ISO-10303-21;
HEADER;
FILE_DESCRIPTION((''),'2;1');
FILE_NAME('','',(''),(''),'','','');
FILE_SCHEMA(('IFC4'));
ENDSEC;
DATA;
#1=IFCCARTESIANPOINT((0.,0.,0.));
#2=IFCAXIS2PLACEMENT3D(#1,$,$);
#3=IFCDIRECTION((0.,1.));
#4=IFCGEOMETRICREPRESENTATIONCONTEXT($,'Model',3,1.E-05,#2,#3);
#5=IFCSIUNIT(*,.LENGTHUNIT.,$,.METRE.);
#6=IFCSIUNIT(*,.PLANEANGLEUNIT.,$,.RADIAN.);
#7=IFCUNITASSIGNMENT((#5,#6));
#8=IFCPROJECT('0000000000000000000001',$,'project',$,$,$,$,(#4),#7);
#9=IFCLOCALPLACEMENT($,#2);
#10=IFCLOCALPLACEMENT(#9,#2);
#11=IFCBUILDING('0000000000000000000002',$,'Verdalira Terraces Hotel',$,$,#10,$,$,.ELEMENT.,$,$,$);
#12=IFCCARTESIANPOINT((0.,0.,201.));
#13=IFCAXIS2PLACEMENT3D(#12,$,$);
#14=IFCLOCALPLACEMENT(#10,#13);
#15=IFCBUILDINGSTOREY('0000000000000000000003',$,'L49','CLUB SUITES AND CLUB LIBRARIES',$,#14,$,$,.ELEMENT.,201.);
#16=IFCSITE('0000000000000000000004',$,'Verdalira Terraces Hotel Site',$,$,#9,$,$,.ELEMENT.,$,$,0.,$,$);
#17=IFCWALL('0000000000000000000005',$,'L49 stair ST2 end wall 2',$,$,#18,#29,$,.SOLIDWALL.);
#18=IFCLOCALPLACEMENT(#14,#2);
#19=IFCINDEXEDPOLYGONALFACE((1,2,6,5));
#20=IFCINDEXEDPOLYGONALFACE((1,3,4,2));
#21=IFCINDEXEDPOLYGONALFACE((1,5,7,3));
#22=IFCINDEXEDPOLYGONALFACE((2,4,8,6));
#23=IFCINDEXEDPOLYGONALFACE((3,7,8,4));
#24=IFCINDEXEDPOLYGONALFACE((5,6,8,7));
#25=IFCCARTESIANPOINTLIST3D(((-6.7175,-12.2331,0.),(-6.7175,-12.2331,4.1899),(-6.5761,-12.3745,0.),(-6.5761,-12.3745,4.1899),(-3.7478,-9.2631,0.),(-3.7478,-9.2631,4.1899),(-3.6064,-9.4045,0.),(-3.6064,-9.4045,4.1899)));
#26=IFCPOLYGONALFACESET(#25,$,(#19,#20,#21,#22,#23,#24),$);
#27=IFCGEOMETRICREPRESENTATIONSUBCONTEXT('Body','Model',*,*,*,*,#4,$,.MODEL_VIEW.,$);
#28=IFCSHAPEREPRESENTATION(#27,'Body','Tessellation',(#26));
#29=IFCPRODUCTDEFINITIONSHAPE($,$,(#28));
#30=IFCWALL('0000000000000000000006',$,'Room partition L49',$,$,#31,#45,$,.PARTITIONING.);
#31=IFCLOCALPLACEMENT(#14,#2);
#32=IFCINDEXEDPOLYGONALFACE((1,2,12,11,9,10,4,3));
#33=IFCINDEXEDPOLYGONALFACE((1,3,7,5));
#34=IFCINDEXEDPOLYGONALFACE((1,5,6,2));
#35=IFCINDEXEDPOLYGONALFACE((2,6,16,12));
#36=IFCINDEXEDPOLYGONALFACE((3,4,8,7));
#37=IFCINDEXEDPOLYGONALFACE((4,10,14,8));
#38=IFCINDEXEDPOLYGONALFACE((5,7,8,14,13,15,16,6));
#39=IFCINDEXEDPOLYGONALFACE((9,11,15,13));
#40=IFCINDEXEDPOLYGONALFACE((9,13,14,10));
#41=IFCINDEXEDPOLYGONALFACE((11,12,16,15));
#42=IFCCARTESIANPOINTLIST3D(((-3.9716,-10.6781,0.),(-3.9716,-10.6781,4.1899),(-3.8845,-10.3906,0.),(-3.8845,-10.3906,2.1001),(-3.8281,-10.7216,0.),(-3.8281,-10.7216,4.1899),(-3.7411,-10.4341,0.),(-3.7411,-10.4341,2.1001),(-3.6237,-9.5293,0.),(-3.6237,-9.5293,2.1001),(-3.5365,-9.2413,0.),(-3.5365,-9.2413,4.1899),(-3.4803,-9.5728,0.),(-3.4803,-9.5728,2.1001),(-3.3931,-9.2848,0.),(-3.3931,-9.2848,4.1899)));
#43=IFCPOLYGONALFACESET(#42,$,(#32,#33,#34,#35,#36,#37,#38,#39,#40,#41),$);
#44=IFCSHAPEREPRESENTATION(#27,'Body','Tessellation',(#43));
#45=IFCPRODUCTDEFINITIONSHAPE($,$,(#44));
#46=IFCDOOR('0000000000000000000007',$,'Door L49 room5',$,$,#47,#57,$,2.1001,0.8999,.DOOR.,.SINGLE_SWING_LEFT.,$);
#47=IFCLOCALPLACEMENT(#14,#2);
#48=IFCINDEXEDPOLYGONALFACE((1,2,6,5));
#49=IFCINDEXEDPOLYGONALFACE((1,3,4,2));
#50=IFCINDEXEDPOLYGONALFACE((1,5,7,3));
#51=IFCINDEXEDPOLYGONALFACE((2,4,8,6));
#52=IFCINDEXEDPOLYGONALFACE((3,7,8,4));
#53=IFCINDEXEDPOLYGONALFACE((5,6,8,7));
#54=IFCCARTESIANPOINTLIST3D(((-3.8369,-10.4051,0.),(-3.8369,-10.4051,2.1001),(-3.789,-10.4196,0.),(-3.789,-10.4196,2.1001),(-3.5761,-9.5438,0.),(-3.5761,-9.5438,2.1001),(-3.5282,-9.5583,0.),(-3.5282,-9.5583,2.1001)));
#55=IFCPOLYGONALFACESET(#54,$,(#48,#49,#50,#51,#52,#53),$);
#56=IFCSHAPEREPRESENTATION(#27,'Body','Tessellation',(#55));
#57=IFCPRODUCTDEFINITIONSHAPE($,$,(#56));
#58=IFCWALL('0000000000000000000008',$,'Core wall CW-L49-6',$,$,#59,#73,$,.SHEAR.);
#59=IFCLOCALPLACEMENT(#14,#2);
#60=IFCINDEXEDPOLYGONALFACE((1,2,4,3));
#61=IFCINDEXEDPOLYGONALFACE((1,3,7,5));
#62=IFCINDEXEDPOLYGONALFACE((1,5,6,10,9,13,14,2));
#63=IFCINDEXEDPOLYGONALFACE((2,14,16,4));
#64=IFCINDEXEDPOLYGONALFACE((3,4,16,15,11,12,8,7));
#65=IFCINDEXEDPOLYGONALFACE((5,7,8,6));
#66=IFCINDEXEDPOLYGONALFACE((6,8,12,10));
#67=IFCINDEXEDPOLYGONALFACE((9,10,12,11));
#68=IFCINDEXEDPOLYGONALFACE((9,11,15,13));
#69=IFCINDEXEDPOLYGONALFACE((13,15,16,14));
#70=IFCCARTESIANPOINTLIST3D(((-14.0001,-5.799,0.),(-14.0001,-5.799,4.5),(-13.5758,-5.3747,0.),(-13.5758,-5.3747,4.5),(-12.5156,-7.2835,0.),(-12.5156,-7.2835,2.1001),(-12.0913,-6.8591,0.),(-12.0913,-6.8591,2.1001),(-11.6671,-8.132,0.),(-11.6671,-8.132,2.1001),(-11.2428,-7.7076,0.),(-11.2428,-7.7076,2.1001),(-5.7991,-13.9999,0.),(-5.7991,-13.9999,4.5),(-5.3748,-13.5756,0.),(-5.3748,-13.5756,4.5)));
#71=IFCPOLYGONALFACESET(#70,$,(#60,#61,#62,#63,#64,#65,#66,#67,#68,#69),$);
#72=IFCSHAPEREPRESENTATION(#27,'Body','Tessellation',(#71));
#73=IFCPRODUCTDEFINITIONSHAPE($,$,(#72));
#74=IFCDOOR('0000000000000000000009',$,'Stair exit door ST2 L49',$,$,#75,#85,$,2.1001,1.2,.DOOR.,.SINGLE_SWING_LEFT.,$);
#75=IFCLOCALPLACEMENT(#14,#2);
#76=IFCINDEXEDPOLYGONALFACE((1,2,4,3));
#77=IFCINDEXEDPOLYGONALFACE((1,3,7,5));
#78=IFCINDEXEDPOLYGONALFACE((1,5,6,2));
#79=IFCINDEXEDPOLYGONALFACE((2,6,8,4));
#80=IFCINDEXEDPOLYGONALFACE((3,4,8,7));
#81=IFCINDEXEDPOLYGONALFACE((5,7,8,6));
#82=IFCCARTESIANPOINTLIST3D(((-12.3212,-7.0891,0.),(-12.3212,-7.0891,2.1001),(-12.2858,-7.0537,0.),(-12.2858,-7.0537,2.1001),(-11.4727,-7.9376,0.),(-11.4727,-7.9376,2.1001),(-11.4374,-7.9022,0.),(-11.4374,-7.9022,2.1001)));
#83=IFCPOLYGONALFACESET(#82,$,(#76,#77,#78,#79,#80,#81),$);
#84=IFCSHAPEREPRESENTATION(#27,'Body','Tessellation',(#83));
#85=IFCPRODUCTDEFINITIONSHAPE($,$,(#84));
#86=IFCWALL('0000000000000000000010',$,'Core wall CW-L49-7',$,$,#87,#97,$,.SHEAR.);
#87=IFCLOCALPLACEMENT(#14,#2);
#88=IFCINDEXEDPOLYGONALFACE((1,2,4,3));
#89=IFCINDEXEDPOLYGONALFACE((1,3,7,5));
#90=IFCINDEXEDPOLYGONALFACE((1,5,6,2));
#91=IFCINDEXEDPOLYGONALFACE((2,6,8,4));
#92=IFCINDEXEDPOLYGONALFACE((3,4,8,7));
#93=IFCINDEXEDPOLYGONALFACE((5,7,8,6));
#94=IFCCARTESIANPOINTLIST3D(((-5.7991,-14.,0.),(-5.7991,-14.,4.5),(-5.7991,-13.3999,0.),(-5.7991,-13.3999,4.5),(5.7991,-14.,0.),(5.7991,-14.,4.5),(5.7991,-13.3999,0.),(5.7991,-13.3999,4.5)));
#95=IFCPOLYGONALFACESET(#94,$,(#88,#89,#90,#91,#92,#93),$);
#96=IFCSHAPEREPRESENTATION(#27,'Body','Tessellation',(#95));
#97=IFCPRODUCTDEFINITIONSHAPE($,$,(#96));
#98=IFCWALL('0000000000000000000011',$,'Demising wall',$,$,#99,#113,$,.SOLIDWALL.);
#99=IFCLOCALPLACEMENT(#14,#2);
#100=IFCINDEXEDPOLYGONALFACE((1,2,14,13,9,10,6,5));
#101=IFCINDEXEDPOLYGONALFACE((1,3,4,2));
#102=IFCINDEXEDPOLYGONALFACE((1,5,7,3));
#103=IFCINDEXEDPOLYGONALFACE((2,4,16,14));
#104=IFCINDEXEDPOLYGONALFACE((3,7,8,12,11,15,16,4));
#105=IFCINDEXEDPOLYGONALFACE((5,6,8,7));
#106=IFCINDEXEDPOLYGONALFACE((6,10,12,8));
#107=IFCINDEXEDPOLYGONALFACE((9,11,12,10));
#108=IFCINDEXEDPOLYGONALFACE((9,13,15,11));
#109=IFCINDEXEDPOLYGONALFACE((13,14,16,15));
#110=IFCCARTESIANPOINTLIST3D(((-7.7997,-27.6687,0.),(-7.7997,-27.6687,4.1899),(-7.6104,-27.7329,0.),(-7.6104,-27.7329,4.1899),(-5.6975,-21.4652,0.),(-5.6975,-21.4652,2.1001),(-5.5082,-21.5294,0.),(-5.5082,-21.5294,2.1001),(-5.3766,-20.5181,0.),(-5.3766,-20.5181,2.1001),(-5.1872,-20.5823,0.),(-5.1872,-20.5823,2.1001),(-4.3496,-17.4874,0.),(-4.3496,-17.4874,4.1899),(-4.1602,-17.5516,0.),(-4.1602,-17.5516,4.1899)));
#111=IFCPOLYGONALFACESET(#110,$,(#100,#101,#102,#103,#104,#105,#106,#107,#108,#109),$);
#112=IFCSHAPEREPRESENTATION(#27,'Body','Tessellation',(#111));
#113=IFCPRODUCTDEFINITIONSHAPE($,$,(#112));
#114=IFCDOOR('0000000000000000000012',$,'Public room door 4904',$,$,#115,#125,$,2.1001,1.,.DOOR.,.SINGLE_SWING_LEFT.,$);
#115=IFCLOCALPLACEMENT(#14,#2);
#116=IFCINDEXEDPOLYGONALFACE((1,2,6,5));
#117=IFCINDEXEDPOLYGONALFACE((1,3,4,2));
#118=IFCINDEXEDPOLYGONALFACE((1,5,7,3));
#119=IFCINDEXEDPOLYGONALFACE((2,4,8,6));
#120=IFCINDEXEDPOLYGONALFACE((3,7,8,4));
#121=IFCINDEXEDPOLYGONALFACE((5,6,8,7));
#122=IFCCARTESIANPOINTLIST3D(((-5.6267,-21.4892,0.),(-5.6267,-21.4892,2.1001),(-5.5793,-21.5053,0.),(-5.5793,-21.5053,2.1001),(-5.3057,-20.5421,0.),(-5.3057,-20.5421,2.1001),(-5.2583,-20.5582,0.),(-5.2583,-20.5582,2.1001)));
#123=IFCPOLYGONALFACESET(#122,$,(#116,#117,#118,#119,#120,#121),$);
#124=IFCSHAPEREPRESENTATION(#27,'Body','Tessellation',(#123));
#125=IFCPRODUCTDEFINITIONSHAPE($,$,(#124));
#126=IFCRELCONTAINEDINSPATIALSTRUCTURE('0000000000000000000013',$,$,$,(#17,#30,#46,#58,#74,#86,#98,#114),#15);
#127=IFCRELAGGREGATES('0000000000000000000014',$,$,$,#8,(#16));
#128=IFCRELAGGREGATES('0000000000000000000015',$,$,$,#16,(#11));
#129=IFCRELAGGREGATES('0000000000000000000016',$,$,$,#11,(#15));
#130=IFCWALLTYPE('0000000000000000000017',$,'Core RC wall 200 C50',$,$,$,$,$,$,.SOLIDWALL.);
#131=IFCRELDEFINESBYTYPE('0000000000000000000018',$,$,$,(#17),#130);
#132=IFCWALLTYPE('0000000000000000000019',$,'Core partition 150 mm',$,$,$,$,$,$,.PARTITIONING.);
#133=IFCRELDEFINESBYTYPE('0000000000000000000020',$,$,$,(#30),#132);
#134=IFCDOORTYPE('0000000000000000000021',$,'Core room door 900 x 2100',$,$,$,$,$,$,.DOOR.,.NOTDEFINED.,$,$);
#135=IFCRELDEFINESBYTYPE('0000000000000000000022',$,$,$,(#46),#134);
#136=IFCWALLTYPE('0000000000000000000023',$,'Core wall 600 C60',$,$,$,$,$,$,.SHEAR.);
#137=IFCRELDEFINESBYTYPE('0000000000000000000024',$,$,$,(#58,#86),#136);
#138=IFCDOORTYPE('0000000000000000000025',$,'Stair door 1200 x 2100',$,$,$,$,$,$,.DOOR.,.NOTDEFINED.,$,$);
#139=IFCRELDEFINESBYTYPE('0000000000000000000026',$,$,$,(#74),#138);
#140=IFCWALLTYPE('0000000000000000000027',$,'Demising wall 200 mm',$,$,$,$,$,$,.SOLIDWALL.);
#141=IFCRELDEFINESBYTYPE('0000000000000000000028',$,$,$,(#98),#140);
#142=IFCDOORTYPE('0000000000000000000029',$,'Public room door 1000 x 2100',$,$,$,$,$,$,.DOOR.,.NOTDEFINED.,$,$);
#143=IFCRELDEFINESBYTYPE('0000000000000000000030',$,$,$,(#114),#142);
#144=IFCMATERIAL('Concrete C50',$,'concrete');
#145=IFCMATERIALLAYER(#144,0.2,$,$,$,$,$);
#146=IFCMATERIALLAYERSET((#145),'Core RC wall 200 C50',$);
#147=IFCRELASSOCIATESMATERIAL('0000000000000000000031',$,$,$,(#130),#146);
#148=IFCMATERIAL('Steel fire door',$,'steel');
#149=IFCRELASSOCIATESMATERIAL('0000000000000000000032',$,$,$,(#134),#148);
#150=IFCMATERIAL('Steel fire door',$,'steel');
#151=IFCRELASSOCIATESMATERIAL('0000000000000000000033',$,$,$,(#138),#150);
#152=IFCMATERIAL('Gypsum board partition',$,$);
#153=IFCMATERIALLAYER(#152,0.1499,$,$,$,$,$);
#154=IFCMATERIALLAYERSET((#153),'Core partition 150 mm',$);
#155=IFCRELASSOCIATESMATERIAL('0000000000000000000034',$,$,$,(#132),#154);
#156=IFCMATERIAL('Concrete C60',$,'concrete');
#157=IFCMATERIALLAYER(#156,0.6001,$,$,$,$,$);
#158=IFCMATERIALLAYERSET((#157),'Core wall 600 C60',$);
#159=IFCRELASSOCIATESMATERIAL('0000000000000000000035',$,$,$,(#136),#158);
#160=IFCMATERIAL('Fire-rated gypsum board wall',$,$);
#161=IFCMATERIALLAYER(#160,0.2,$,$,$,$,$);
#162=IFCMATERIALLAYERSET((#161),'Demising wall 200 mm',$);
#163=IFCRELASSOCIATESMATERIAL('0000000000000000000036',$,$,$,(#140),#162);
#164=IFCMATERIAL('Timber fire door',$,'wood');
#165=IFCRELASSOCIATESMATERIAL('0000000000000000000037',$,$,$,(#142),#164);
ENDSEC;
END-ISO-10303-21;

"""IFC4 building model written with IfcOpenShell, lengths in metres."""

from ifc_helpers import new_model, si_unit, direction, frame, frame_2d, origin, place, context, subcontext, project, spatial, rectangle, extrude, material, layer, layer_set, type_object, element, fill, save


model = new_model("IFC4")

# Units and contexts
model_context = context("Model", 3, precision=1e-05, world=origin(), true_north=direction((0.0, 1.0)))
body_context = subcontext(model_context, "Body", "Model", "MODEL_VIEW")
ifc_project = project(units=[si_unit("LENGTHUNIT", "METRE"), si_unit("PLANEANGLEUNIT", "RADIAN")], contexts=[model_context])

# Site, building, storey
site_placement = place(None, origin())
site = spatial("IfcSite", under=ifc_project, at=site_placement, Name="Verdalira Terraces Hotel Site", CompositionType="ELEMENT", RefElevation=0.0)
building_placement = place(site_placement, origin())
building = spatial("IfcBuilding", under=site, at=building_placement, Name="Verdalira Terraces Hotel", CompositionType="ELEMENT")
storey_placement = place(building_placement, frame((0.0, 0.0, 201.0)))
storey = spatial("IfcBuildingStorey", under=building, at=storey_placement, Name="L49", Description="CLUB SUITES AND CLUB LIBRARIES", CompositionType="ELEMENT", Elevation=201.0)

# Shared definitions
ifc_material_1 = material(Name="Concrete C50", Category="concrete")
ifc_layer_1 = layer(ifc_material_1, 0.2)
ifc_layer_set_1 = layer_set([ifc_layer_1], Name="Core RC wall 200 C50")
wall_type_1 = type_object("IfcWallType", Name="Core RC wall 200 C50", PredefinedType="SOLIDWALL", material=ifc_layer_set_1)
ifc_material_2 = material(Name="Steel fire door", Category="steel")
door_type_1 = type_object("IfcDoorType", Name="Core room door 900 x 2100", OperationType="NOTDEFINED", PredefinedType="DOOR", material=ifc_material_2)

# Shared definitions
ifc_material_3 = material(Name="Steel fire door", Category="steel")
door_type_2 = type_object("IfcDoorType", Name="Stair door 1200 x 2100", OperationType="NOTDEFINED", PredefinedType="DOOR", material=ifc_material_3)

# Wall
for number, where, z_axis, x_axis, name in (
    (1, (-3.677, -9.3337, 0.0), (0.0, 0.0, 1.0), (-0.707078, -0.707136, 0.0), "L49 stair ST2 end wall 2"),
):
    element("IfcWall", number, at=place(storey_placement, frame(where, z_axis=z_axis, x_axis=x_axis)), inside=storey, type_object=wall_type_1, Name=name, PredefinedType="SOLIDWALL", context=body_context, shape_type="SweptSolid", body=[
        extrude(rectangle(XDim=4.2, YDim=0.2, at=frame_2d((2.1001, 0.0))), origin(), (0.0, 0.0, 1.0), 4.1899),
    ])

# Walls, openings, doors
ifc_material_4 = material(Name="Gypsum board partition")
ifc_layer_2 = layer(ifc_material_4, 0.1499)
ifc_layer_set_2 = layer_set([ifc_layer_2], Name="Core partition 150 mm")
wall_type_2 = type_object("IfcWallType", Name="Core partition 150 mm", PredefinedType="PARTITIONING", material=ifc_layer_set_2)
wall_1_placement = place(storey_placement, frame((-3.4648, -9.2632, 0.0), z_axis=(0.0, 0.0, 1.0), x_axis=(-0.289809, -0.957085, 0.0)))
wall_1 = element("IfcWall", 2, at=wall_1_placement, inside=storey, type_object=wall_type_2, Name="Room partition L49", PredefinedType="PARTITIONING", context=body_context, shape_type="SweptSolid", body=[
    extrude(rectangle(XDim=1.5012, YDim=0.1499, at=frame_2d((0.7505, 0.0))), origin(), (0.0, 0.0, 1.0), 4.1899),
])
opening_1_placement = place(wall_1_placement, frame((0.3008, 0.0, 0.0)))
opening_1 = element("IfcOpeningElement", 3, at=opening_1_placement, cuts=wall_1, PredefinedType="OPENING", context=body_context, shape_type="SweptSolid", body=[
    extrude(rectangle(XDim=0.8999, YDim=2.1001, at=frame_2d((0.45, 1.05))), frame((0.0, 0.085, 0.0), z_axis=(0.0, -1.0, 0.0), x_axis=(1.0, 0.0, 0.0)), (0.0, 0.0, 1.0), 0.1699),
])
door_1_placement = place(opening_1_placement, origin())
door_1 = element("IfcDoor", 4, at=door_1_placement, inside=storey, type_object=door_type_1, Name="Door L49 room5", OperationType="SINGLE_SWING_LEFT", OverallHeight=2.1001, OverallWidth=0.8999, PredefinedType="DOOR", context=body_context, shape_type="SweptSolid", body=[
    extrude(rectangle(XDim=0.8999, YDim=2.1001, at=frame_2d((0.45, 1.05))), frame((0.0, 0.0249, 0.0), z_axis=(0.0, -1.0, 0.0), x_axis=(1.0, 0.0, 0.0)), (0.0, 0.0, 1.0), 0.05),
])
fill(opening_1, door_1)
ifc_material_5 = material(Name="Concrete C60", Category="concrete")
ifc_layer_3 = layer(ifc_material_5, 0.6001)
ifc_layer_set_3 = layer_set([ifc_layer_3], Name="Core wall 600 C60")
wall_type_3 = type_object("IfcWallType", Name="Core wall 600 C60", PredefinedType="SHEAR", material=ifc_layer_set_3)
wall_2_placement = place(storey_placement, frame((-13.7878, -5.5869, 0.0), z_axis=(0.0, 0.0, 1.0), x_axis=(0.707107, -0.707107, 0.0)))
wall_2 = element("IfcWall", 5, at=wall_2_placement, inside=storey, type_object=wall_type_3, Name="Core wall CW-L49-6", PredefinedType="SHEAR", context=body_context, shape_type="SweptSolid", body=[
    extrude(rectangle(XDim=11.5979, YDim=0.6001, at=frame_2d((5.7988, 0.0))), origin(), (0.0, 0.0, 1.0), 4.5),
])
opening_2_placement = place(wall_2_placement, frame((2.0991, 0.0, 0.0)))
opening_2 = element("IfcOpeningElement", 6, at=opening_2_placement, cuts=wall_2, PredefinedType="OPENING", context=body_context, shape_type="SweptSolid", body=[
    extrude(rectangle(XDim=1.2, YDim=2.1001, at=frame_2d((0.6001, 1.05))), frame((0.0, 0.3101, 0.0), z_axis=(0.0, -1.0, 0.0), x_axis=(1.0, 0.0, 0.0)), (0.0, 0.0, 1.0), 0.6201),
])
door_2_placement = place(opening_2_placement, origin())
door_2 = element("IfcDoor", 7, at=door_2_placement, inside=storey, type_object=door_type_2, Name="Stair exit door ST2 L49", OperationType="SINGLE_SWING_LEFT", OverallHeight=2.1001, OverallWidth=1.2, PredefinedType="DOOR", context=body_context, shape_type="SweptSolid", body=[
    extrude(rectangle(XDim=1.2, YDim=2.1001, at=frame_2d((0.6001, 1.05))), frame((0.0, 0.0249, 0.0), z_axis=(0.0, -1.0, 0.0), x_axis=(1.0, 0.0, 0.0)), (0.0, 0.0, 1.0), 0.05),
])
fill(opening_2, door_2)

# Wall
wall_3_placement = place(storey_placement, frame((-5.7991, -13.7, 0.0), z_axis=(0.0, 0.0, 1.0), x_axis=(1.0, 0.0, 0.0)))
element("IfcWall", 8, at=wall_3_placement, inside=storey, type_object=wall_type_3, Name="Core wall CW-L49-7", PredefinedType="SHEAR", context=body_context, shape_type="SweptSolid", body=[
    extrude(rectangle(XDim=11.5981, YDim=0.6001, at=frame_2d((5.7991, 0.0))), origin(), (0.0, 0.0, 1.0), 4.5),
])

# Wall, opening, door
ifc_material_6 = material(Name="Fire-rated gypsum board wall")
ifc_layer_4 = layer(ifc_material_6, 0.2)
ifc_layer_set_4 = layer_set([ifc_layer_4], Name="Demising wall 200 mm")
wall_type_4 = type_object("IfcWallType", Name="Demising wall 200 mm", PredefinedType="SOLIDWALL", material=ifc_layer_set_4)
wall_4_placement = place(storey_placement, frame((-4.2549, -17.5195, 0.0), z_axis=(0.0, 0.0, 1.0), x_axis=(-0.320945, -0.947098, 0.0)))
wall_4 = element("IfcWall", 9, at=wall_4_placement, inside=storey, type_object=wall_type_4, Name="Demising wall", PredefinedType="SOLIDWALL", context=body_context, shape_type="SweptSolid", body=[
    extrude(rectangle(XDim=10.75, YDim=0.2, at=frame_2d((5.375, 0.0))), origin(), (0.0, 0.0, 1.0), 4.1899),
])
opening_3_placement = place(wall_4_placement, frame((3.2, 0.0, 0.0)))
opening_3 = element("IfcOpeningElement", 10, at=opening_3_placement, cuts=wall_4, PredefinedType="OPENING", context=body_context, shape_type="SweptSolid", body=[
    extrude(rectangle(XDim=1.0, YDim=2.1001, at=frame_2d((0.5, 1.05))), frame((0.0, 0.1099, 0.0), z_axis=(0.0, -1.0, 0.0), x_axis=(1.0, 0.0, 0.0)), (0.0, 0.0, 1.0), 0.22),
])
ifc_material_7 = material(Name="Timber fire door", Category="wood")
door_type_3 = type_object("IfcDoorType", Name="Public room door 1000 x 2100", OperationType="NOTDEFINED", PredefinedType="DOOR", material=ifc_material_7)
door_3_placement = place(opening_3_placement, origin())
door_3 = element("IfcDoor", 11, at=door_3_placement, inside=storey, type_object=door_type_3, Name="Public room door 4904", OperationType="SINGLE_SWING_LEFT", OverallHeight=2.1001, OverallWidth=1.0, PredefinedType="DOOR", context=body_context, shape_type="SweptSolid", body=[
    extrude(rectangle(XDim=1.0, YDim=2.1001, at=frame_2d((0.5, 1.05))), frame((0.0, 0.0249, 0.0), z_axis=(0.0, -1.0, 0.0), x_axis=(1.0, 0.0, 0.0)), (0.0, 0.0, 1.0), 0.05),
])
fill(opening_3, door_3)

save(model, "model.ifc")
